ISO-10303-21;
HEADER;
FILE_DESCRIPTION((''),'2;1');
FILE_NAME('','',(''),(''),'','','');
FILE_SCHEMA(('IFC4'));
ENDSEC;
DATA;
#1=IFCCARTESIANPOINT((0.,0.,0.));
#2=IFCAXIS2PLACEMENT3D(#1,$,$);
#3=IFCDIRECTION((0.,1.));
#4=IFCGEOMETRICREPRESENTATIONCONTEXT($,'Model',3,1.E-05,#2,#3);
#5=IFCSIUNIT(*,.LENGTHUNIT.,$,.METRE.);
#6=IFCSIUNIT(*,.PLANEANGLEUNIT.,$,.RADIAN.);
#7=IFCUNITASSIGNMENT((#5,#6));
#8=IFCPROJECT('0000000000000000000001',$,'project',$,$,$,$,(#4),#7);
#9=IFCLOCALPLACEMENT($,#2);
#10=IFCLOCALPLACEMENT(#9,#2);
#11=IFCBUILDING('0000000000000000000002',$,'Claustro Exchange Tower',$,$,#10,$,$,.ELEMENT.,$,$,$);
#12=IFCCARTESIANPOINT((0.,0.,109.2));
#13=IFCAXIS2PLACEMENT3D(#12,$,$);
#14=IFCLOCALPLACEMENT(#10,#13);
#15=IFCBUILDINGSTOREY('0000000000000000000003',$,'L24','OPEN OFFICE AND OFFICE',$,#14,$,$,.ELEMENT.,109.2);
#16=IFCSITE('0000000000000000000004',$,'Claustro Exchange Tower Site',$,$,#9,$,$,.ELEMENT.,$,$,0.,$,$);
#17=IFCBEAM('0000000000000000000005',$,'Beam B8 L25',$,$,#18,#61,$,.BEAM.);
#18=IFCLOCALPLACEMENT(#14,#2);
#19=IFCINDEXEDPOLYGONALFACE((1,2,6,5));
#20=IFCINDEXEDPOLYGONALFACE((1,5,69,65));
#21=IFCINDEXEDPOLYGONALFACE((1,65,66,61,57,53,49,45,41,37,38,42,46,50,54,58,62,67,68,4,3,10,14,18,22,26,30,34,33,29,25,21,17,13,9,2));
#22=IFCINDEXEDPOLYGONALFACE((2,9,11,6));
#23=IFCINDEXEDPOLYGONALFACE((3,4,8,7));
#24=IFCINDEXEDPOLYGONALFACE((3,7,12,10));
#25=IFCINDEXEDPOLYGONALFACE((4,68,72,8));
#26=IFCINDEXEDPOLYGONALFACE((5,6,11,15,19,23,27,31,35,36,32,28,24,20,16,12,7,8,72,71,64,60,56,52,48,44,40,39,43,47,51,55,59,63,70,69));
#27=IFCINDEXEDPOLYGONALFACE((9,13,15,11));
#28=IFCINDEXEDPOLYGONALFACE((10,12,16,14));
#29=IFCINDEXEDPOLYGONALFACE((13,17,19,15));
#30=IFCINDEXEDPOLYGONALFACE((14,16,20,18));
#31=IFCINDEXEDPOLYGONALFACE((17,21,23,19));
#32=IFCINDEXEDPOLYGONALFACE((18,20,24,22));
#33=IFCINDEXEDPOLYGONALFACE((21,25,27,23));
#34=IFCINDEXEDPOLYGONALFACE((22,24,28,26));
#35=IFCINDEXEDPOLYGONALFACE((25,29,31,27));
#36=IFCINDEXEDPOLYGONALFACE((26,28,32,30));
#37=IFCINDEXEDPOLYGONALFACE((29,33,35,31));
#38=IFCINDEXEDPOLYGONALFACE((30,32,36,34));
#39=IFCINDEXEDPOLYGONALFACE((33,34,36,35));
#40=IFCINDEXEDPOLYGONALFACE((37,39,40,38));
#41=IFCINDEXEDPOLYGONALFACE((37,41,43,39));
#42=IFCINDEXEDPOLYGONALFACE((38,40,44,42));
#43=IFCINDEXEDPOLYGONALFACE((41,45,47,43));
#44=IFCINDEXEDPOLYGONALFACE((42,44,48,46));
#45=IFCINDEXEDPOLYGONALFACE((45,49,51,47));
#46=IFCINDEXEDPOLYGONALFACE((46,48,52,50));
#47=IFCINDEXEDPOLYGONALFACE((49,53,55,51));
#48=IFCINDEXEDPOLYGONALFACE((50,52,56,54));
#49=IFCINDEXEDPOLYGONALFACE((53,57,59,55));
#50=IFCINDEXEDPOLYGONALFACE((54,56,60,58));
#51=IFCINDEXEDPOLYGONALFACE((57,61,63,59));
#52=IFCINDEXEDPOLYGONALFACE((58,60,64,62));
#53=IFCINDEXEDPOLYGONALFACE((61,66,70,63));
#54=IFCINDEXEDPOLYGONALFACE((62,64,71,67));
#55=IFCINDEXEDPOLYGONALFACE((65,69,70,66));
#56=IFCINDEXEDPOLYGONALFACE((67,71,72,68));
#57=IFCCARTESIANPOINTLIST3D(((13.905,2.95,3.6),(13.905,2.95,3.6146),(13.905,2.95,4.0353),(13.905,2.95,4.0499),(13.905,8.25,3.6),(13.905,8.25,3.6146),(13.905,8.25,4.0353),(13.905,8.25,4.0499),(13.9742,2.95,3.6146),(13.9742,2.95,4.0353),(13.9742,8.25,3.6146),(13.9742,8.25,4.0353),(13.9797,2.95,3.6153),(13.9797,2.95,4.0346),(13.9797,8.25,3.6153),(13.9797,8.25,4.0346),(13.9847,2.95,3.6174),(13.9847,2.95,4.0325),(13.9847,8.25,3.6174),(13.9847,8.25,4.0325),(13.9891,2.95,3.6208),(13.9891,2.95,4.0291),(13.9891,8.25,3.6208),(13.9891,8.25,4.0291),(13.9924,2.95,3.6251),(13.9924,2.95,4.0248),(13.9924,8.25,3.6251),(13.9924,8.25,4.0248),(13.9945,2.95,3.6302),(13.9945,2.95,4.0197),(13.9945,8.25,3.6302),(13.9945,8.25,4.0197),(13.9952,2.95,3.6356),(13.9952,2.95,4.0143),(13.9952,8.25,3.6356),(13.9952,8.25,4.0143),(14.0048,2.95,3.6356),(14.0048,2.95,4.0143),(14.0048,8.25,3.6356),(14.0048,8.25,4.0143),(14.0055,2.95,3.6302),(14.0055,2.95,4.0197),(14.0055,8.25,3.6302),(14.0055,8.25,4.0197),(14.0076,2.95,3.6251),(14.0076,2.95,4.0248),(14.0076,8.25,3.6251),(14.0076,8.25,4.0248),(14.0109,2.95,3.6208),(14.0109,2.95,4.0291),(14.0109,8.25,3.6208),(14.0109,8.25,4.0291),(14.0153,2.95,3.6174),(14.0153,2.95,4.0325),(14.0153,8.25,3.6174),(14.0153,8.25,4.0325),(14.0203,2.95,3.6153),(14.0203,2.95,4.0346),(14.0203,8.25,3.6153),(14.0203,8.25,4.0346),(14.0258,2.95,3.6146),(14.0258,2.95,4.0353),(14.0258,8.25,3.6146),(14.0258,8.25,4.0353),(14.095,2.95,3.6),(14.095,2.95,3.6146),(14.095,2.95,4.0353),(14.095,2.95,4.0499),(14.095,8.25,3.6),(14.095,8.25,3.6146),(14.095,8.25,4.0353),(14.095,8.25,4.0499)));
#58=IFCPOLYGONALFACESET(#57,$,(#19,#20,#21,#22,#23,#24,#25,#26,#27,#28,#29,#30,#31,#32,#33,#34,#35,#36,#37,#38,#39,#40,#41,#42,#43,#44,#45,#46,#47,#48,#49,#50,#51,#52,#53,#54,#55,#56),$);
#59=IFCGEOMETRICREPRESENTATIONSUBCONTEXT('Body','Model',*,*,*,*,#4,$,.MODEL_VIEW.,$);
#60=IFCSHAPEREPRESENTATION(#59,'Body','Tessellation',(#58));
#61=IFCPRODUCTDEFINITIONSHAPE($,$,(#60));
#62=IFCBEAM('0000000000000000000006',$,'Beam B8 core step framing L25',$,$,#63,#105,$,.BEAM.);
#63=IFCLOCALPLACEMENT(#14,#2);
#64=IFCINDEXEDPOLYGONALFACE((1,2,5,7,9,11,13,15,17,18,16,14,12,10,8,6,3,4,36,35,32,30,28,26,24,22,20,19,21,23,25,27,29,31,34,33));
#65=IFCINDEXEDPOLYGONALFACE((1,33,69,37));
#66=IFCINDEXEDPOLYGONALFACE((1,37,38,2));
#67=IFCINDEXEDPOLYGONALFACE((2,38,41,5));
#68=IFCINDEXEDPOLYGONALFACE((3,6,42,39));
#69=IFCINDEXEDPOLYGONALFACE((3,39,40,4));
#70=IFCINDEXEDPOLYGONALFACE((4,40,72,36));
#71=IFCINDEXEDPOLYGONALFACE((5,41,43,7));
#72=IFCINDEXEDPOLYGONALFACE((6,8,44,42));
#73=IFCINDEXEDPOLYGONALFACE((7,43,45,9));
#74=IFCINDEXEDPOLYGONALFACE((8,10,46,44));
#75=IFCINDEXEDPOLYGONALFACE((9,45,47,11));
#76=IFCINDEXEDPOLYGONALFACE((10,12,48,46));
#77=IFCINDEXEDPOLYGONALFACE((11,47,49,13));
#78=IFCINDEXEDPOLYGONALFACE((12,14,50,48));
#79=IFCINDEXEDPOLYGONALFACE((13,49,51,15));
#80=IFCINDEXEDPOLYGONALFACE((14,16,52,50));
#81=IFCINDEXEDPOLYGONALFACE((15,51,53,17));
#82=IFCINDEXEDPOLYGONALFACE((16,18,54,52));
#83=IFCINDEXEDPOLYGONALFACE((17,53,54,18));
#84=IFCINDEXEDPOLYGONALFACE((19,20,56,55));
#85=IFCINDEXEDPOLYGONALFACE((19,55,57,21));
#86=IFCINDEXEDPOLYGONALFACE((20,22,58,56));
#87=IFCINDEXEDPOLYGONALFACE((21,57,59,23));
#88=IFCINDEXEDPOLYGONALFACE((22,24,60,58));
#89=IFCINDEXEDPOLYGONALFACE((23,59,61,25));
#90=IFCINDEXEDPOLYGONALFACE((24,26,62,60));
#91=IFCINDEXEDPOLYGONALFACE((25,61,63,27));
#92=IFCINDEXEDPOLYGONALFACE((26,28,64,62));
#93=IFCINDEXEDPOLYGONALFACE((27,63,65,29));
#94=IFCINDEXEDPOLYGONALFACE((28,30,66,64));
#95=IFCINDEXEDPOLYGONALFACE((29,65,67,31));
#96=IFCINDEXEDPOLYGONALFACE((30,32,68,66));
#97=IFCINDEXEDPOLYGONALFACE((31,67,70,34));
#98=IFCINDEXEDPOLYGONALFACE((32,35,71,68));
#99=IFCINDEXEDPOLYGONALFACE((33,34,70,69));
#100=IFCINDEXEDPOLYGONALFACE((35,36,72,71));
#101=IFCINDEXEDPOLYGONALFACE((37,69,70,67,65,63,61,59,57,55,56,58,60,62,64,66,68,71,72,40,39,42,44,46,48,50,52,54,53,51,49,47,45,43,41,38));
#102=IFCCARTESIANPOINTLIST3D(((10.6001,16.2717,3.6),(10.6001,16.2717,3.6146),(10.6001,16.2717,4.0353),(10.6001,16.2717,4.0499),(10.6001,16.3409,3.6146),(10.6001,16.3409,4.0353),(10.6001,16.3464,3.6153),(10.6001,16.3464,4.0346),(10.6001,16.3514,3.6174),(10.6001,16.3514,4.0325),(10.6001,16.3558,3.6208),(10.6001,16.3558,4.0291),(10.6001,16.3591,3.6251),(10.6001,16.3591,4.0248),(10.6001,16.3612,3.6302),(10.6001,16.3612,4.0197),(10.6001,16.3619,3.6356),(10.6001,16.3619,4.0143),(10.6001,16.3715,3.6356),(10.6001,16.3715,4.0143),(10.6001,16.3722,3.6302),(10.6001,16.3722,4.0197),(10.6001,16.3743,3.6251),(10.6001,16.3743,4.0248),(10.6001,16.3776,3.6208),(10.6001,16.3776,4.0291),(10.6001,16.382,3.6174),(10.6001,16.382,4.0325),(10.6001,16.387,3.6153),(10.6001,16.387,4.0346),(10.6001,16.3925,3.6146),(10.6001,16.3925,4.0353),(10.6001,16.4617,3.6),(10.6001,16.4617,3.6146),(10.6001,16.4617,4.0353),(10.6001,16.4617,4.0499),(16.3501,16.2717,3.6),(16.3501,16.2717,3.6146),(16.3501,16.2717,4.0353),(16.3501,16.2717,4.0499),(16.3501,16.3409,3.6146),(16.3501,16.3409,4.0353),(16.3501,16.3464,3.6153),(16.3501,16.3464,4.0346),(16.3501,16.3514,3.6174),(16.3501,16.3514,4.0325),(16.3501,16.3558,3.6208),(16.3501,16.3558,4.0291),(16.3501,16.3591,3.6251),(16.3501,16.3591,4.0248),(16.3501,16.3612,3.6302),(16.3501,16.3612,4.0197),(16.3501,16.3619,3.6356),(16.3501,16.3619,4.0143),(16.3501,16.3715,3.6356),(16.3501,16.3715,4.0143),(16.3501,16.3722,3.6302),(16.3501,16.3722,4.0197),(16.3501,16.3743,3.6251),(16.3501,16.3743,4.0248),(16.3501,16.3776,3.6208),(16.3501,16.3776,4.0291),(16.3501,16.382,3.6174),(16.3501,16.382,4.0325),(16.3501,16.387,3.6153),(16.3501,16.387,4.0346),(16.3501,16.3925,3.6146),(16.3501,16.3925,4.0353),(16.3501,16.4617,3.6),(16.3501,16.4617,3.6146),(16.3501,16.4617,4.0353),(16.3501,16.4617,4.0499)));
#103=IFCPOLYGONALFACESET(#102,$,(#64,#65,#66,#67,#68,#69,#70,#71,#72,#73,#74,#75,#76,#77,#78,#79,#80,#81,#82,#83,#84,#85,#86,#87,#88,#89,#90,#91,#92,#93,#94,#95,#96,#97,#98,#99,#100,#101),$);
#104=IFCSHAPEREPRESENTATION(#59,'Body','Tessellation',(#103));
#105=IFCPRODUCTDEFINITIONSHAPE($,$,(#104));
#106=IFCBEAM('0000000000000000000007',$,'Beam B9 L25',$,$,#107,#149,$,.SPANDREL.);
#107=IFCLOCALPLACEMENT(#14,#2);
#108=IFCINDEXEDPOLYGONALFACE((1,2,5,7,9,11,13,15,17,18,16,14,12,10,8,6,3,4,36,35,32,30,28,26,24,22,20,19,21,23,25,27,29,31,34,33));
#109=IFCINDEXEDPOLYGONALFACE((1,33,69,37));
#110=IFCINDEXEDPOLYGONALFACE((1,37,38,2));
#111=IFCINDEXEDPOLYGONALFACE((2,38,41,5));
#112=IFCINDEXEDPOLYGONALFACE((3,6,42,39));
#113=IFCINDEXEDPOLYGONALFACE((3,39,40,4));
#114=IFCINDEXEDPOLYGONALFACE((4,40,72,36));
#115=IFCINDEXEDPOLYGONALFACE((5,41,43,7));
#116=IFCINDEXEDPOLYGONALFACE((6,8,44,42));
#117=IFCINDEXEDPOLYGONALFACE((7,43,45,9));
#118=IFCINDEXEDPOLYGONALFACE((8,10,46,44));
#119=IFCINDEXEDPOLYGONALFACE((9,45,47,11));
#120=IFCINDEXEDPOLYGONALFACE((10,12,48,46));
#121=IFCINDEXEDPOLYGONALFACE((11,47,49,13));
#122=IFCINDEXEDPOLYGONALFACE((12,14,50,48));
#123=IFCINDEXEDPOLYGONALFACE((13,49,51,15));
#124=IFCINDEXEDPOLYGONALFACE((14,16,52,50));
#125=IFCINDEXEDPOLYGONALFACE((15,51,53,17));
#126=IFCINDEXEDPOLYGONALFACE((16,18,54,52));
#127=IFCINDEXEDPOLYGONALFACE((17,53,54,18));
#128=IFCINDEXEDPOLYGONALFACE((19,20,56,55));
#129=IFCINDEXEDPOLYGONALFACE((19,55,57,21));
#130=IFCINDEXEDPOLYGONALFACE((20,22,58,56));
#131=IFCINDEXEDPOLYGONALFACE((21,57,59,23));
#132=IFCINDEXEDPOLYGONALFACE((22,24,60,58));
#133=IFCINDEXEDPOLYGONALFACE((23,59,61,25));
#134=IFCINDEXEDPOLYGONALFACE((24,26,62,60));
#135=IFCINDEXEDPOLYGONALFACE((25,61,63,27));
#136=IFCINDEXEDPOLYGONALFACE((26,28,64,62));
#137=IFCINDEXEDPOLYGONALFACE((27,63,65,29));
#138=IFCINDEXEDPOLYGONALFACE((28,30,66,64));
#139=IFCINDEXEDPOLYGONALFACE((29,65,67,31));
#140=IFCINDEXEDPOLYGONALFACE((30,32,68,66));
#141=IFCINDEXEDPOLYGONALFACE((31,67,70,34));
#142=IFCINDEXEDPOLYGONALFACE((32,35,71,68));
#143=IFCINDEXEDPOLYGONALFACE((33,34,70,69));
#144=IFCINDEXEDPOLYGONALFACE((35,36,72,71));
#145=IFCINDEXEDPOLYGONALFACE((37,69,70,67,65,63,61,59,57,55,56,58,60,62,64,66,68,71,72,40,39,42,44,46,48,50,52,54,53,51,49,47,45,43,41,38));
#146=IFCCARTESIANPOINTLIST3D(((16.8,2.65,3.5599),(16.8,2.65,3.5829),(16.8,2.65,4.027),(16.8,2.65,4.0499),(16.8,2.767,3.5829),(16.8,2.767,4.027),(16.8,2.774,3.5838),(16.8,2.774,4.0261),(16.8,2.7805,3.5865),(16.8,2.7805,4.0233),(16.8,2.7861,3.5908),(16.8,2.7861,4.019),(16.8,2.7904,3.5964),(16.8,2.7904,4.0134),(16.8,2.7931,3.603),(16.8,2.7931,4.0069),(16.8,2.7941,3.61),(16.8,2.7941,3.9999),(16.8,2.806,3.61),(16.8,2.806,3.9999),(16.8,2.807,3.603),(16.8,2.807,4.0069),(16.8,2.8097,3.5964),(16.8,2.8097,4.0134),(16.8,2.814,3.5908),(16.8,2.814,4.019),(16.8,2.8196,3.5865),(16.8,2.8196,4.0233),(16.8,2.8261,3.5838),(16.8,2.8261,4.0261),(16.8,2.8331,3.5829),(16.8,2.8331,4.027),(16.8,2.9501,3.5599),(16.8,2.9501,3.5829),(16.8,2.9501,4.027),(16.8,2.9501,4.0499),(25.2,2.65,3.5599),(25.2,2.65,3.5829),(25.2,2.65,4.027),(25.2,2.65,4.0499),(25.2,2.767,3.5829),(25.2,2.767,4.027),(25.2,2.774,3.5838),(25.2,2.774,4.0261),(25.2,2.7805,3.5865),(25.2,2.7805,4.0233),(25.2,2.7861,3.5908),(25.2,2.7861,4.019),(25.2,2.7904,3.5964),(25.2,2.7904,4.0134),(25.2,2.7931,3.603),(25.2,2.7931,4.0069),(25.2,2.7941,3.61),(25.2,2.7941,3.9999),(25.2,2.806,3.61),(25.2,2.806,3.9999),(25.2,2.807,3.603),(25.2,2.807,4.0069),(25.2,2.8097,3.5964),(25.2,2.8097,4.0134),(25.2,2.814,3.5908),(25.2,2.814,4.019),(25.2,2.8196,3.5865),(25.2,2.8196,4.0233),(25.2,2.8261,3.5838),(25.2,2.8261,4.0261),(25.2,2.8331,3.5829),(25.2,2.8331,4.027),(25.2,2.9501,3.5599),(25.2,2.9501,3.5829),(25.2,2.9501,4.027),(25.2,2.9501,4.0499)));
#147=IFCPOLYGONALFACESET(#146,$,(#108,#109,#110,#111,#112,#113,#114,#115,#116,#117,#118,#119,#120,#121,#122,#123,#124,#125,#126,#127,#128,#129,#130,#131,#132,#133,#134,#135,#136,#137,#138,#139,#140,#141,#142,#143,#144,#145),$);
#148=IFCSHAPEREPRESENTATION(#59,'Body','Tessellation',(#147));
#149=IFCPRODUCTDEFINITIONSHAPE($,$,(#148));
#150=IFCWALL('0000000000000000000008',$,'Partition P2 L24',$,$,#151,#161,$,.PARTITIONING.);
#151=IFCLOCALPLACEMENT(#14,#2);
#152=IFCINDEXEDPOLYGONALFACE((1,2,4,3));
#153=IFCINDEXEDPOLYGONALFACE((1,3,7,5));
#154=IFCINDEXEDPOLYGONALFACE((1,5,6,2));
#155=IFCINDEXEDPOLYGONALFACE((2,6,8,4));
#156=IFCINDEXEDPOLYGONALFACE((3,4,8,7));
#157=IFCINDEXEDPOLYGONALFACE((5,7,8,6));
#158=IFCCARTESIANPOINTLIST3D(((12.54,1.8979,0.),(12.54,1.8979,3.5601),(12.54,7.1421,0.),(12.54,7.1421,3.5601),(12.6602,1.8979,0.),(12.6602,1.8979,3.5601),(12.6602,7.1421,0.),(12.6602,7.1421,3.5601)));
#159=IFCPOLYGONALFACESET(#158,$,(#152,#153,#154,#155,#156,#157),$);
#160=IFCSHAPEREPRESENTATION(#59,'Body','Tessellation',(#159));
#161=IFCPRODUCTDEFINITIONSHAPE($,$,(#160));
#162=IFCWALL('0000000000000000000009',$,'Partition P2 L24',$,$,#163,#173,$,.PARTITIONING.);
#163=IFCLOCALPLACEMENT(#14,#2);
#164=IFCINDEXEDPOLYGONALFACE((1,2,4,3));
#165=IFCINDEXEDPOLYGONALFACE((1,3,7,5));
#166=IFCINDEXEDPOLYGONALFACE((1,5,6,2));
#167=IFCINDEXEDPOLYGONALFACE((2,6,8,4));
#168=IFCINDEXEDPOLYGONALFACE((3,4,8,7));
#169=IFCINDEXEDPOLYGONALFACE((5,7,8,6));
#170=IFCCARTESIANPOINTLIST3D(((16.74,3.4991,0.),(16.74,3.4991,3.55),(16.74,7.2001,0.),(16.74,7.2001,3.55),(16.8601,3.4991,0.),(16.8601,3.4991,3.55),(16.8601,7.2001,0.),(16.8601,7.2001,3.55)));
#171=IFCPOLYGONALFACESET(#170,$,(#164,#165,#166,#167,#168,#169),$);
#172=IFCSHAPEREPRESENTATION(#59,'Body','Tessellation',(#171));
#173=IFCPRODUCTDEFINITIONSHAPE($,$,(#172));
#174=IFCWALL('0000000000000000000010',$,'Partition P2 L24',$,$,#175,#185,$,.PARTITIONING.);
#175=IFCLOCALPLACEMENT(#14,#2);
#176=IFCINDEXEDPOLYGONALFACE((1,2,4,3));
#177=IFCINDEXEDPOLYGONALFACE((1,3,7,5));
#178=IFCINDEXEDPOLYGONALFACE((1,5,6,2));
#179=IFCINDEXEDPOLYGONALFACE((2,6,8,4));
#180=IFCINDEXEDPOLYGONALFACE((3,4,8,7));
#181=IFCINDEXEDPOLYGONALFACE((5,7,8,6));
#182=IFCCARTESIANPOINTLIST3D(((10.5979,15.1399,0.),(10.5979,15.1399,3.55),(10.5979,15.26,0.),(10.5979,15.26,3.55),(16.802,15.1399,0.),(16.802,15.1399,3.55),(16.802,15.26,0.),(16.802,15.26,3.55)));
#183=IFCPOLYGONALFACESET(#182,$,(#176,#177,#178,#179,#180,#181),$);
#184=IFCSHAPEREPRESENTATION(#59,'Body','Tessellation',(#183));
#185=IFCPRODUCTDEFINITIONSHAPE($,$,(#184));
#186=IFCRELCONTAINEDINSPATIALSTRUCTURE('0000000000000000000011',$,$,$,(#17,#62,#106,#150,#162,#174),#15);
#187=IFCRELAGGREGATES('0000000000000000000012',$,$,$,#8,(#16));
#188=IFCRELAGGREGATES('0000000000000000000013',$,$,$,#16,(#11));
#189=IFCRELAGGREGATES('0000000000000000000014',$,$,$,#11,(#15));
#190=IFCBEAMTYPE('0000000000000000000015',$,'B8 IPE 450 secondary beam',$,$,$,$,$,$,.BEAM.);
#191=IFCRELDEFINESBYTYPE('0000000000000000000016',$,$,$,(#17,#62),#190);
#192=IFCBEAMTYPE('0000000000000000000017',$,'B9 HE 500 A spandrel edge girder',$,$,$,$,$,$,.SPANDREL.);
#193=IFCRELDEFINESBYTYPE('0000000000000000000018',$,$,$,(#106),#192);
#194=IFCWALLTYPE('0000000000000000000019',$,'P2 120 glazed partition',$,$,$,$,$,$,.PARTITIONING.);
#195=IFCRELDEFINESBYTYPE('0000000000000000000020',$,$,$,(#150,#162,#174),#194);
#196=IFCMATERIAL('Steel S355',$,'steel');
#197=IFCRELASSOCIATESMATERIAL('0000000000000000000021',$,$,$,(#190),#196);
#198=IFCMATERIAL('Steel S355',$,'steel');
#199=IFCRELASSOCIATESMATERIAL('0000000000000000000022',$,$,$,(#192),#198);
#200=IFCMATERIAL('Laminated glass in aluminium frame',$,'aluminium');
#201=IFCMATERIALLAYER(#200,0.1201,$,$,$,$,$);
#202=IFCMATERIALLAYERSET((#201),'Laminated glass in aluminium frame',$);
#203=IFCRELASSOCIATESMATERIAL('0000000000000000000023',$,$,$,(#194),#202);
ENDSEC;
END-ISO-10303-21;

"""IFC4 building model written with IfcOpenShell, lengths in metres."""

from ifc_helpers import new_model, si_unit, direction, frame, frame_2d, origin, origin_2d, place, context, subcontext, project, spatial, rectangle, i_section, extrude, material, layer, layer_set, material_profile, profile_set, type_object, element, save


model = new_model("IFC4")

# Units and contexts
model_context = context("Model", 3, precision=1e-05, world=origin(), true_north=direction((0.0, 1.0)))
body_context = subcontext(model_context, "Body", "Model", "MODEL_VIEW")
ifc_project = project(units=[si_unit("LENGTHUNIT", "METRE"), si_unit("PLANEANGLEUNIT", "RADIAN")], contexts=[model_context])

# Site, building, storey
site_placement = place(None, origin())
site = spatial("IfcSite", under=ifc_project, at=site_placement, Name="Claustro Exchange Tower Site", CompositionType="ELEMENT", RefElevation=0.0)
building_placement = place(site_placement, origin())
building = spatial("IfcBuilding", under=site, at=building_placement, Name="Claustro Exchange Tower", CompositionType="ELEMENT")
storey_placement = place(building_placement, frame((0.0, 0.0, 109.2)))
storey = spatial("IfcBuildingStorey", under=building, at=storey_placement, Name="L24", Description="OPEN OFFICE AND OFFICE", CompositionType="ELEMENT", Elevation=109.2)

# Beams
ifc_material_1 = material(Name="Steel S355", Category="steel")
ifc_material_profile_1 = material_profile(ifc_material_1, i_section(OverallWidth=0.1899, OverallDepth=0.45, WebThickness=0.0095, FlangeThickness=0.0146, FilletRadius=0.021, at=origin_2d()), Name="IPE 450")
ifc_profile_set_1 = profile_set([ifc_material_profile_1], Name="Steel S355")
beam_type_1 = type_object("IfcBeamType", Name="B8 IPE 450 secondary beam", PredefinedType="BEAM", material=ifc_profile_set_1)
for number, where, z_axis, x_axis, name in (
    (1, (14.0, 2.95, 3.825), (0.0, 1.0, 0.0), (-1.0, 0.0, 0.0), "Beam B8 L25"),
):
    element("IfcBeam", number, at=place(storey_placement, frame(where, z_axis=z_axis, x_axis=x_axis)), inside=storey, type_object=beam_type_1, Name=name, PredefinedType="BEAM", context=body_context, shape_type="SweptSolid", body=[
        extrude(i_section(OverallWidth=0.1899, OverallDepth=0.45, WebThickness=0.0095, FlangeThickness=0.0146, FilletRadius=0.021, at=origin_2d()), origin(), (0.0, 0.0, 1.0), 5.3),
    ])
beam_1_placement = place(storey_placement, frame((10.6001, 16.3667, 3.825), z_axis=(1.0, 0.0, 0.0), x_axis=(0.0, 1.0, 0.0)))
element("IfcBeam", 2, at=beam_1_placement, inside=storey, type_object=beam_type_1, Name="Beam B8 core step framing L25", PredefinedType="BEAM", context=body_context, shape_type="SweptSolid", body=[
    extrude(i_section(OverallWidth=0.1899, OverallDepth=0.45, WebThickness=0.0095, FlangeThickness=0.0146, FilletRadius=0.021, at=origin_2d()), origin(), (0.0, 0.0, 1.0), 5.75),
])
ifc_material_2 = material(Name="Steel S355", Category="steel")
ifc_material_profile_2 = material_profile(ifc_material_2, i_section(OverallWidth=0.3, OverallDepth=0.49, WebThickness=0.012, FlangeThickness=0.0229, FilletRadius=0.0271, at=origin_2d()), Name="HE 500 A")
ifc_profile_set_2 = profile_set([ifc_material_profile_2], Name="Steel S355")
beam_type_2 = type_object("IfcBeamType", Name="B9 HE 500 A spandrel edge girder", PredefinedType="SPANDREL", material=ifc_profile_set_2)
beam_2_placement = place(storey_placement, frame((16.8, 2.8, 3.8049), z_axis=(1.0, 0.0, 0.0), x_axis=(0.0, 1.0, 0.0)))
element("IfcBeam", 3, at=beam_2_placement, inside=storey, type_object=beam_type_2, Name="Beam B9 L25", PredefinedType="SPANDREL", context=body_context, shape_type="SweptSolid", body=[
    extrude(i_section(OverallWidth=0.3, OverallDepth=0.49, WebThickness=0.012, FlangeThickness=0.0229, FilletRadius=0.0271, at=origin_2d()), origin(), (0.0, 0.0, 1.0), 8.3999),
])

# Walls
ifc_material_3 = material(Name="Laminated glass in aluminium frame", Category="aluminium")
ifc_layer_1 = layer(ifc_material_3, 0.1201)
ifc_layer_set_1 = layer_set([ifc_layer_1], Name="Laminated glass in aluminium frame")
wall_type_1 = type_object("IfcWallType", Name="P2 120 glazed partition", PredefinedType="PARTITIONING", material=ifc_layer_set_1)
wall_1_placement = place(storey_placement, frame((12.6001, 1.8979, 0.0), z_axis=(0.0, 0.0, 1.0), x_axis=(0.0, 1.0, 0.0)))
element("IfcWall", 4, at=wall_1_placement, inside=storey, type_object=wall_type_1, Name="Partition P2 L24", PredefinedType="PARTITIONING", context=body_context, shape_type="SweptSolid", body=[
    extrude(rectangle(XDim=5.2441, YDim=0.1201, at=frame_2d((2.6221, 0.0))), origin(), (0.0, 0.0, 1.0), 3.5601),
])
wall_2_placement = place(storey_placement, frame((16.8, 3.499, 0.0), z_axis=(0.0, 0.0, 1.0), x_axis=(0.0, 1.0, 0.0)))
element("IfcWall", 5, at=wall_2_placement, inside=storey, type_object=wall_type_1, Name="Partition P2 L24", PredefinedType="PARTITIONING", context=body_context, shape_type="SweptSolid", body=[
    extrude(rectangle(XDim=3.7009, YDim=0.1201, at=frame_2d((1.8506, 0.0))), origin(), (0.0, 0.0, 1.0), 3.55),
])
wall_3_placement = place(storey_placement, frame((10.5979, 15.2, 0.0), z_axis=(0.0, 0.0, 1.0), x_axis=(1.0, 0.0, 0.0)))
element("IfcWall", 6, at=wall_3_placement, inside=storey, type_object=wall_type_1, Name="Partition P2 L24", PredefinedType="PARTITIONING", context=body_context, shape_type="SweptSolid", body=[
    extrude(rectangle(XDim=6.2041, YDim=0.1201, at=frame_2d((3.1021, 0.0))), origin(), (0.0, 0.0, 1.0), 3.55),
])

save(model, "model.ifc")
